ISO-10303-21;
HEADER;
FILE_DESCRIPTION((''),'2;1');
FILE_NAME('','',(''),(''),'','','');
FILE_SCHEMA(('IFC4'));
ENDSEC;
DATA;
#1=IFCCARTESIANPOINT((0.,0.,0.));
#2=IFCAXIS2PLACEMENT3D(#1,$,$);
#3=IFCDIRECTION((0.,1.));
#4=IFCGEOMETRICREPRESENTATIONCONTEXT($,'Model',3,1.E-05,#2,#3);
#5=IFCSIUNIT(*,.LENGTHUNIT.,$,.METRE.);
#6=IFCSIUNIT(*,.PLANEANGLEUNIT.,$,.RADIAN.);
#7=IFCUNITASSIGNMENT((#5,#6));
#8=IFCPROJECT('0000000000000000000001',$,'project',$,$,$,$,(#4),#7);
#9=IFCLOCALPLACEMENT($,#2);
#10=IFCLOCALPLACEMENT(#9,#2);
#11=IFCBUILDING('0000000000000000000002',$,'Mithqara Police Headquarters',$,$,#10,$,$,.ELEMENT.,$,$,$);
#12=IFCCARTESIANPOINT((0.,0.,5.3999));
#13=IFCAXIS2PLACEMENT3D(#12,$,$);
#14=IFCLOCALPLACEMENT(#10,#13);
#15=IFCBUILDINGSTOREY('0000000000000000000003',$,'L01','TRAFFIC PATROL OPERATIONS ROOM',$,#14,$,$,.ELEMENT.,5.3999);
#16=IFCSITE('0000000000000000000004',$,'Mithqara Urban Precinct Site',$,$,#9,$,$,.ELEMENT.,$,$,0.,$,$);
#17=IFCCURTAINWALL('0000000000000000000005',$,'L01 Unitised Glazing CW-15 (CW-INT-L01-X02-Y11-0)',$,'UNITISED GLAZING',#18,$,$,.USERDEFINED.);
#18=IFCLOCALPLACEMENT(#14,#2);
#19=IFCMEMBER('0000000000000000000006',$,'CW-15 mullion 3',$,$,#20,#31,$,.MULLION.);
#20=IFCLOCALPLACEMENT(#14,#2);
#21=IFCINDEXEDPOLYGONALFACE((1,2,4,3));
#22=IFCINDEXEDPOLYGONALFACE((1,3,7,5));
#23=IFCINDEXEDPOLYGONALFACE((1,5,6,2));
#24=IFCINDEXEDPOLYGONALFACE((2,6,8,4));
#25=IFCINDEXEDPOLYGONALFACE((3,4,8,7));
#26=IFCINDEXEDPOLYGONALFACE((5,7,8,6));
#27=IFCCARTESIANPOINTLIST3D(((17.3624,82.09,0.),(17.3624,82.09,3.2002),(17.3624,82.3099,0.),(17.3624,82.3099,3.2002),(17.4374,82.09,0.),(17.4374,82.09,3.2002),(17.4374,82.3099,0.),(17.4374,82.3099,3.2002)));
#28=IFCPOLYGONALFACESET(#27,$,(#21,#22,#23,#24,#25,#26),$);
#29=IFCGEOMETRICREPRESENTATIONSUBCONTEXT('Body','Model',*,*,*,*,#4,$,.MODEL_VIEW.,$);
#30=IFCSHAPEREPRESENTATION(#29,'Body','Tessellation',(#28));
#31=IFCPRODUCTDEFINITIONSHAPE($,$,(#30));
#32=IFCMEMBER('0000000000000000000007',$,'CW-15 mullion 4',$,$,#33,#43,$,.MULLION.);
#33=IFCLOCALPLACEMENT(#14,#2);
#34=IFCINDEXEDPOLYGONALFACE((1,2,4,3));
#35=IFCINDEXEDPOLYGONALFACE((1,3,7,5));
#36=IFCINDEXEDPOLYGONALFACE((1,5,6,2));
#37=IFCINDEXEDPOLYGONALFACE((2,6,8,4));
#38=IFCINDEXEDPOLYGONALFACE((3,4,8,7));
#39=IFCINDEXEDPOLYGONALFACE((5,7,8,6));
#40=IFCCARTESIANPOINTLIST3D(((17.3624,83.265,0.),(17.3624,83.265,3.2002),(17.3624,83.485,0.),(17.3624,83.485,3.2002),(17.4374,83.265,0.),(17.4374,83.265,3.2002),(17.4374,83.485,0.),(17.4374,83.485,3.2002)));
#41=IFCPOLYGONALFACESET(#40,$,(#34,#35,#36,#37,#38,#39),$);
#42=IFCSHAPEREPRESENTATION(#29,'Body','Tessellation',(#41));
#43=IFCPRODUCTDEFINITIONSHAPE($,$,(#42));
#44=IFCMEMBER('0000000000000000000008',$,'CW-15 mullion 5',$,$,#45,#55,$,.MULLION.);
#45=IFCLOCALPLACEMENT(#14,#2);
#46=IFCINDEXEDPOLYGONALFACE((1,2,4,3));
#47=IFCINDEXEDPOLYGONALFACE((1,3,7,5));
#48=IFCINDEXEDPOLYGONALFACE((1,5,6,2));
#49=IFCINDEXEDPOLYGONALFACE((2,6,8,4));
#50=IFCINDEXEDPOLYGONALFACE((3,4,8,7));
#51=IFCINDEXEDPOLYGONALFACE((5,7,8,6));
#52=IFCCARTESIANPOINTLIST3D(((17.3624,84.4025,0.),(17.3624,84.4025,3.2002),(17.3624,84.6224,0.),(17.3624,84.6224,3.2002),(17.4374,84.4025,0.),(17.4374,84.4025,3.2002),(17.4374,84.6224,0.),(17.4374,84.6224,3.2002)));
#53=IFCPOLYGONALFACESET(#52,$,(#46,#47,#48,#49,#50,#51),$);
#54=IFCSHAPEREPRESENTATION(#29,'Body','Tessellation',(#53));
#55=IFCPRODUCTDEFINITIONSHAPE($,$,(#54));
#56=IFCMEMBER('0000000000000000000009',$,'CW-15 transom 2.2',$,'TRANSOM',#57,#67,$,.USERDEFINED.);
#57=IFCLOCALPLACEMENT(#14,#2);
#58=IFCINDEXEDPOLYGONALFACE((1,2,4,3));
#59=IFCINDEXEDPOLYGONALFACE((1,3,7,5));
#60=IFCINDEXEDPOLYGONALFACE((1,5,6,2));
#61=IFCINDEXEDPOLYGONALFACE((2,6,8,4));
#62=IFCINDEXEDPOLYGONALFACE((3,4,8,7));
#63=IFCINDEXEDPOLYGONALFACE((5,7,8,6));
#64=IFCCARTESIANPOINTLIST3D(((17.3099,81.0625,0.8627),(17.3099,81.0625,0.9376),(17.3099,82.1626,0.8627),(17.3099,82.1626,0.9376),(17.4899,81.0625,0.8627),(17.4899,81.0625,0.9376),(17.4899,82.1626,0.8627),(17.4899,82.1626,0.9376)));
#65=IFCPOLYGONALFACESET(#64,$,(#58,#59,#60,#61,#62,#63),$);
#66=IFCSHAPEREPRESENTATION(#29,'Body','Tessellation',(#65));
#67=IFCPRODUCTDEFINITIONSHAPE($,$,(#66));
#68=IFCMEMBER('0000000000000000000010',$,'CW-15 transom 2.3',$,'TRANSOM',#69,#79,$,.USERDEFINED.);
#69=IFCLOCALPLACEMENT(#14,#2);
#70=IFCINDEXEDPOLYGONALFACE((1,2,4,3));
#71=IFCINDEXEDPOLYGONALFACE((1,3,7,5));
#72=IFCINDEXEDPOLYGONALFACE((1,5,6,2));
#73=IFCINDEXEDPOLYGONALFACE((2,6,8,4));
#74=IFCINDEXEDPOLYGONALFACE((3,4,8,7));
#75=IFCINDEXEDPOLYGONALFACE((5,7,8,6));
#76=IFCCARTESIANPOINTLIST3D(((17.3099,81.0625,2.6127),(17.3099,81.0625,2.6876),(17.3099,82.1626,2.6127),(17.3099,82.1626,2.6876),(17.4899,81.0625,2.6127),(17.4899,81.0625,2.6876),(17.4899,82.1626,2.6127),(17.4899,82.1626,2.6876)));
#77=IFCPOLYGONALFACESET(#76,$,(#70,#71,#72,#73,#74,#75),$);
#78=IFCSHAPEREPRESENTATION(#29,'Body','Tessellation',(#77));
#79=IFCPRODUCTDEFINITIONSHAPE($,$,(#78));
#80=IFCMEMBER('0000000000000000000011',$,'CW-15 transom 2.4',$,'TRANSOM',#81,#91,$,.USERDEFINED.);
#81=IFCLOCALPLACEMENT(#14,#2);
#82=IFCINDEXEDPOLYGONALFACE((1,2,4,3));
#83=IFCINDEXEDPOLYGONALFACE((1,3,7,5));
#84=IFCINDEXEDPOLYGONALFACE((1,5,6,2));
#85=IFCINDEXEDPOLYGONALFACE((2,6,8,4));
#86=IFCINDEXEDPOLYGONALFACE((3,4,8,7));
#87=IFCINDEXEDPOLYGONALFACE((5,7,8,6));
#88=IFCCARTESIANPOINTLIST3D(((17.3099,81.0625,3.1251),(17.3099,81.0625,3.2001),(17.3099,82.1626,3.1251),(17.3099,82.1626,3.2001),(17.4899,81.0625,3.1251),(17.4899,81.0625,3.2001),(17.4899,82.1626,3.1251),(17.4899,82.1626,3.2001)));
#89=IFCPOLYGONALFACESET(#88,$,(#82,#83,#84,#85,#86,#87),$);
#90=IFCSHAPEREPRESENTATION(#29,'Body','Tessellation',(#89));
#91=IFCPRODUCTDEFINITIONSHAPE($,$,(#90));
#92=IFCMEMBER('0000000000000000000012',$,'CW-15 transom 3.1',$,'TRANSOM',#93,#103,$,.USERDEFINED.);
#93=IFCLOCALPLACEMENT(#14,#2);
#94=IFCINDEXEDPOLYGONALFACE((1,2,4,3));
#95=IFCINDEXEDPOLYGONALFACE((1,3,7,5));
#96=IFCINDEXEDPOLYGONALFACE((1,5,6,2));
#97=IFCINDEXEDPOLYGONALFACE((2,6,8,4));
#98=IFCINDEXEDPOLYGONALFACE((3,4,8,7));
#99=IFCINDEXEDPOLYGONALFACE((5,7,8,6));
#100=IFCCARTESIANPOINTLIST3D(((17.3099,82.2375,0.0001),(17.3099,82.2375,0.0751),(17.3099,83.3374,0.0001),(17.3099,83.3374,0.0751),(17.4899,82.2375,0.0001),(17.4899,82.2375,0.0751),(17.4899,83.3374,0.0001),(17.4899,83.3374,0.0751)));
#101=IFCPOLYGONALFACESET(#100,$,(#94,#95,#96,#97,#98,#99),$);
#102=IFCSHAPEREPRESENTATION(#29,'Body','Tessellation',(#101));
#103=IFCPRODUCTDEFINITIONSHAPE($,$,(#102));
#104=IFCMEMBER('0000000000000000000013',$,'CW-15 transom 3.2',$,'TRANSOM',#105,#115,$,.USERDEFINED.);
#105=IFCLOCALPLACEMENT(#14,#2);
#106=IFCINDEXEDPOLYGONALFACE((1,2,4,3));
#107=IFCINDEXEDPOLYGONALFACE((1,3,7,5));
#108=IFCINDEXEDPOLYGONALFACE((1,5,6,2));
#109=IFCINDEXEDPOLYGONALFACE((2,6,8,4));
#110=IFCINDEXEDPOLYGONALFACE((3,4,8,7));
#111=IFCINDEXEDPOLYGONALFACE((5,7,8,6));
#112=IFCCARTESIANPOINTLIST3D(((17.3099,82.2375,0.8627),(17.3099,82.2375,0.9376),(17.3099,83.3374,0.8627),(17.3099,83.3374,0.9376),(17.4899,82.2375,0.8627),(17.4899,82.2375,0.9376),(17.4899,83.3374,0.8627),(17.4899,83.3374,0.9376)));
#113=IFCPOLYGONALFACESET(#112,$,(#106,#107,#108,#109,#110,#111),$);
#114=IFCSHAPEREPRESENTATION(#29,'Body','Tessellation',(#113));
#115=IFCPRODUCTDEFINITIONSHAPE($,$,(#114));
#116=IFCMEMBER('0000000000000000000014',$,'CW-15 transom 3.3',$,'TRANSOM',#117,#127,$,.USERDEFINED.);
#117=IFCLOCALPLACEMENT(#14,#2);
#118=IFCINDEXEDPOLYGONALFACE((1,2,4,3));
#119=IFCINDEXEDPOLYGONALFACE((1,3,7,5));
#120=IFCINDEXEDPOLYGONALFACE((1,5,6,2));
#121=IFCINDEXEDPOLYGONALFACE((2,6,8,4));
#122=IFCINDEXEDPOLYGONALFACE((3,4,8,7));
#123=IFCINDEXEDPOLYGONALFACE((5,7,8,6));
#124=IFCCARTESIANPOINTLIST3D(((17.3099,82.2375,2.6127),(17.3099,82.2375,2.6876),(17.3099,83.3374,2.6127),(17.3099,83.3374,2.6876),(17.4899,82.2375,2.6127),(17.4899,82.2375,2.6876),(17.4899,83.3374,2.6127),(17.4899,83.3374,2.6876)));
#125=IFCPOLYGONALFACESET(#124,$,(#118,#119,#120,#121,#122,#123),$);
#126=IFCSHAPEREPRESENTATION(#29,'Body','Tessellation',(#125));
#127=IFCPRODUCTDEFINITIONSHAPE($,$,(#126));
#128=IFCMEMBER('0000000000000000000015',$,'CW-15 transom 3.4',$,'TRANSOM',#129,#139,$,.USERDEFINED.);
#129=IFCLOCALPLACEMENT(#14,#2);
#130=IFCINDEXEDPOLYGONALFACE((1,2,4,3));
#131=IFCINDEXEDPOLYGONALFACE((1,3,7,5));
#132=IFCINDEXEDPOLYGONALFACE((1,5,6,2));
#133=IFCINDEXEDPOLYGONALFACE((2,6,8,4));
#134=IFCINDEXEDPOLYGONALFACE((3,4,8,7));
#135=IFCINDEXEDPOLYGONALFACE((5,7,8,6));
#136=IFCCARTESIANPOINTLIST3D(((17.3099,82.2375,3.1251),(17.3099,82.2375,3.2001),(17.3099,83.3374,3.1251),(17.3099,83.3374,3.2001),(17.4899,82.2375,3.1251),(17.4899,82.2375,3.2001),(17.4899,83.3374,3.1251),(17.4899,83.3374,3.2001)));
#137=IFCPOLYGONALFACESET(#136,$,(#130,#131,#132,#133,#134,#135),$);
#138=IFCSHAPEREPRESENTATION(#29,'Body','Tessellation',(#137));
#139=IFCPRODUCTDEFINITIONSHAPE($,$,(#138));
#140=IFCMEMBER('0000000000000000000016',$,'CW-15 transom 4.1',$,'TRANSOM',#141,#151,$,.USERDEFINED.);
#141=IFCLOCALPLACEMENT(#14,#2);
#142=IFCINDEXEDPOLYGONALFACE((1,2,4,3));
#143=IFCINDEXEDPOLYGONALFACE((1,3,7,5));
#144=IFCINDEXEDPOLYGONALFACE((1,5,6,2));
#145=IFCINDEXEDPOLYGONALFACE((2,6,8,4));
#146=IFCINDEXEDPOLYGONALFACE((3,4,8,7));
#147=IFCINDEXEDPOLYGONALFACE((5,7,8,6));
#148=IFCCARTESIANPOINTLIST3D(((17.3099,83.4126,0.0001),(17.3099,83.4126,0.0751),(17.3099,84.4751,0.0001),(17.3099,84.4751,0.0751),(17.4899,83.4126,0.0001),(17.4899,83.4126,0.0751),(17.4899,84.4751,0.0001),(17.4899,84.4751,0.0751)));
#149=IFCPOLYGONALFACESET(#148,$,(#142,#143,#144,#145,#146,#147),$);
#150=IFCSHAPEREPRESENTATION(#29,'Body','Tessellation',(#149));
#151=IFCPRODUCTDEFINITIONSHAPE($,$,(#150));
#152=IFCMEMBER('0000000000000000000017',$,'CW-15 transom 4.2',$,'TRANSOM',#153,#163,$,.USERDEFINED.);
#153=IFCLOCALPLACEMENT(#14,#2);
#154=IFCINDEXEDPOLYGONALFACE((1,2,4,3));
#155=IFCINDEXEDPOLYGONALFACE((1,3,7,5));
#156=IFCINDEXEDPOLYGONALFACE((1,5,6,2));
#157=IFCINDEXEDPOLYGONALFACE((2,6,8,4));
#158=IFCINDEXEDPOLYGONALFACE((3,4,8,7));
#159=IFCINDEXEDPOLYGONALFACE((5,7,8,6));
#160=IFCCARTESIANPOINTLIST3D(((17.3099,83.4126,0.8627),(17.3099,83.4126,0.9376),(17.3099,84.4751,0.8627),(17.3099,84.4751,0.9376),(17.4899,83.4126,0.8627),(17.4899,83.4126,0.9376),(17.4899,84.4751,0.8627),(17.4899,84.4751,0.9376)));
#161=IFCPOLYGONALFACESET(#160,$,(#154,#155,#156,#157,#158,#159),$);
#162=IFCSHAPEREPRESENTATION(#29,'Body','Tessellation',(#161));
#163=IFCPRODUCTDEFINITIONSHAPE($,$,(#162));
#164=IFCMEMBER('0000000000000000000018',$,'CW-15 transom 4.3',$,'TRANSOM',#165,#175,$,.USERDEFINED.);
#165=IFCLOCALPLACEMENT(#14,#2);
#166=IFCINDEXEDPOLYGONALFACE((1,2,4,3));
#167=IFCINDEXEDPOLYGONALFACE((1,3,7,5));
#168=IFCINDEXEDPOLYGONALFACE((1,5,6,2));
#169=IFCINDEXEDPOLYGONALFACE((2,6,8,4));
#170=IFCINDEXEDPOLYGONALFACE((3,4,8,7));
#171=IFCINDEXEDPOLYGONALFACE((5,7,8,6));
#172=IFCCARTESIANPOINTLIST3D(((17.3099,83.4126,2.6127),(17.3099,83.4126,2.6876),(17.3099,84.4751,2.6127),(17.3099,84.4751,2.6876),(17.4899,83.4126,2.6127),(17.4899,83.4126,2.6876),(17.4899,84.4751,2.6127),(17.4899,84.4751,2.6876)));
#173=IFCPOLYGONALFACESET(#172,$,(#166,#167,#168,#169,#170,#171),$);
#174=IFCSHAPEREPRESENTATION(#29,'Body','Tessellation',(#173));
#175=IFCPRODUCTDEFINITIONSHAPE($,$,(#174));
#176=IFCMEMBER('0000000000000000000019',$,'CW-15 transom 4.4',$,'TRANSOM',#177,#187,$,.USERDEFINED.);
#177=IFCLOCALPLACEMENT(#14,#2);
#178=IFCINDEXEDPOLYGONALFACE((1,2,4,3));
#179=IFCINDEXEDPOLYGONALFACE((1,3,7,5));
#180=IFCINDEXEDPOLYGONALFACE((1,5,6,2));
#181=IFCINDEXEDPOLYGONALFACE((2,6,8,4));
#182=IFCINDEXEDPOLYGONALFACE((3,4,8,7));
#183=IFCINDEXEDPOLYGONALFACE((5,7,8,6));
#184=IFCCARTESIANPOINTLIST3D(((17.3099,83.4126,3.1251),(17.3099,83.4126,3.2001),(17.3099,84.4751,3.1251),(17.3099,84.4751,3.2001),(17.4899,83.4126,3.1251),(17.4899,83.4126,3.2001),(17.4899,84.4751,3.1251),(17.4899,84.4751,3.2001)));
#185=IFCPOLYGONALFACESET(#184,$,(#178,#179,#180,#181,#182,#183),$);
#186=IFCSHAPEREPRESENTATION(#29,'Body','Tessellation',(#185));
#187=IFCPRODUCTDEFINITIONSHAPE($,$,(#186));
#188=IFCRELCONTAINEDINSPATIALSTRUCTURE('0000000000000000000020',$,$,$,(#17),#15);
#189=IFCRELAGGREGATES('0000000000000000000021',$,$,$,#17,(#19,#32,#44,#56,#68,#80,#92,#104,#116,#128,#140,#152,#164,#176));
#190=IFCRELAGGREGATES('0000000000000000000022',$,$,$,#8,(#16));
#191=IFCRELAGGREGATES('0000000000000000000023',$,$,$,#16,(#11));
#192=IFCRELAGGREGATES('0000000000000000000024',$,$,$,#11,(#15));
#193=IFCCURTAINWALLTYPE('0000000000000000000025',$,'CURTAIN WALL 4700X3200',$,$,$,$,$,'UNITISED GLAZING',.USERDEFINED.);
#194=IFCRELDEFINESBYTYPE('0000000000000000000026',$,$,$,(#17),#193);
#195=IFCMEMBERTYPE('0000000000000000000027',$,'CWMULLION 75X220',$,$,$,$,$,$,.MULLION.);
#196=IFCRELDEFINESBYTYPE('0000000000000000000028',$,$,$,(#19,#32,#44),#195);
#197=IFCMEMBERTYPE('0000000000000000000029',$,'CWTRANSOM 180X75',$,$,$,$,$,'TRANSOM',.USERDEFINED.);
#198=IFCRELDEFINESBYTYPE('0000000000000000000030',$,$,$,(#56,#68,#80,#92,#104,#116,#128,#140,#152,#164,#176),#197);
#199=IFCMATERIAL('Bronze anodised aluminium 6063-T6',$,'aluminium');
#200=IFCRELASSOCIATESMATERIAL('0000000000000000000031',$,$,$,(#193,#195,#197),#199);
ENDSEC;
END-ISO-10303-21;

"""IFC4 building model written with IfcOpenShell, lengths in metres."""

from ifc_helpers import new_model, si_unit, direction, frame, origin, origin_2d, place, context, subcontext, project, spatial, rectangle, extrude, material, material_profile, profile_set, type_object, element, aggregate, save


model = new_model("IFC4")

# Units and contexts
model_context = context("Model", 3, precision=1e-05, world=origin(), true_north=direction((0.0, 1.0)))
body_context = subcontext(model_context, "Body", "Model", "MODEL_VIEW")
ifc_project = project(units=[si_unit("LENGTHUNIT", "METRE"), si_unit("PLANEANGLEUNIT", "RADIAN")], contexts=[model_context])

# Site, building, storey
site_placement = place(None, origin())
site = spatial("IfcSite", under=ifc_project, at=site_placement, Name="Mithqara Urban Precinct Site", CompositionType="ELEMENT", RefElevation=0.0)
building_placement = place(site_placement, origin())
building = spatial("IfcBuilding", under=site, at=building_placement, Name="Mithqara Police Headquarters", CompositionType="ELEMENT")
storey_placement = place(building_placement, frame((0.0, 0.0, 5.3999)))
storey = spatial("IfcBuildingStorey", under=building, at=storey_placement, Name="L01", Description="TRAFFIC PATROL OPERATIONS ROOM", CompositionType="ELEMENT", Elevation=5.3999)

# Curtain wall, members
ifc_material_1 = material(Name="Bronze anodised aluminium 6063-T6", Category="aluminium")
curtain_wall_type = type_object("IfcCurtainWallType", Name="CURTAIN WALL 4700X3200", ElementType="UNITISED GLAZING", PredefinedType="USERDEFINED", material=ifc_material_1)
curtain_wall_placement = place(storey_placement, origin())
curtain_wall = element("IfcCurtainWall", 1, at=curtain_wall_placement, inside=storey, type_object=curtain_wall_type, Name="L01 Unitised Glazing CW-15 (CW-INT-L01-X02-Y11-0)", ObjectType="UNITISED GLAZING", PredefinedType="USERDEFINED")
ifc_material_profile_1 = material_profile(ifc_material_1, rectangle(XDim=0.075, YDim=0.22, at=origin_2d()), Name="CWM 75x220")
ifc_profile_set_1 = profile_set([ifc_material_profile_1], Name="Bronze anodised aluminium 6063-T6")
member_type_1 = type_object("IfcMemberType", Name="CWMULLION 75X220", PredefinedType="MULLION", material=ifc_profile_set_1)
member_1_placement = place(storey_placement, frame((17.3999, 82.2, 0.0), z_axis=(0.0, 0.0, 1.0), x_axis=(-1.0, 0.0, 0.0)))
member_1 = element("IfcMember", 2, at=member_1_placement, type_object=member_type_1, Name="CW-15 mullion 3", PredefinedType="MULLION", context=body_context, shape_type="SweptSolid", body=[
    extrude(rectangle(XDim=0.075, YDim=0.22, at=origin_2d()), origin(), (0.0, 0.0, 1.0), 3.2002),
])
member_2_placement = place(storey_placement, frame((17.3999, 83.375, 0.0), z_axis=(0.0, 0.0, 1.0), x_axis=(-1.0, 0.0, 0.0)))
member_2 = element("IfcMember", 3, at=member_2_placement, type_object=member_type_1, Name="CW-15 mullion 4", PredefinedType="MULLION", context=body_context, shape_type="SweptSolid", body=[
    extrude(rectangle(XDim=0.075, YDim=0.22, at=origin_2d()), origin(), (0.0, 0.0, 1.0), 3.2002),
])
member_3_placement = place(storey_placement, frame((17.3999, 84.5125, 0.0), z_axis=(0.0, 0.0, 1.0), x_axis=(-1.0, 0.0, 0.0)))
member_3 = element("IfcMember", 4, at=member_3_placement, type_object=member_type_1, Name="CW-15 mullion 5", PredefinedType="MULLION", context=body_context, shape_type="SweptSolid", body=[
    extrude(rectangle(XDim=0.075, YDim=0.22, at=origin_2d()), origin(), (0.0, 0.0, 1.0), 3.2002),
])
ifc_material_profile_2 = material_profile(ifc_material_1, rectangle(XDim=0.1799, YDim=0.075, at=origin_2d()), Name="CWT 180x75")
ifc_profile_set_2 = profile_set([ifc_material_profile_2], Name="Bronze anodised aluminium 6063-T6")
member_type_2 = type_object("IfcMemberType", Name="CWTRANSOM 180X75", ElementType="TRANSOM", PredefinedType="USERDEFINED", material=ifc_profile_set_2)
member_4_placement = place(storey_placement, frame((17.3999, 81.0625, 0.9001), z_axis=(0.0, 1.0, 0.0), x_axis=(-1.0, 0.0, 0.0)))
member_4 = element("IfcMember", 5, at=member_4_placement, type_object=member_type_2, Name="CW-15 transom 2.2", ObjectType="TRANSOM", PredefinedType="USERDEFINED", context=body_context, shape_type="SweptSolid", body=[
    extrude(rectangle(XDim=0.1799, YDim=0.075, at=origin_2d()), origin(), (0.0, 0.0, 1.0), 1.1001),
])
member_5_placement = place(storey_placement, frame((17.3999, 81.0625, 2.6501), z_axis=(0.0, 1.0, 0.0), x_axis=(-1.0, 0.0, 0.0)))
member_5 = element("IfcMember", 6, at=member_5_placement, type_object=member_type_2, Name="CW-15 transom 2.3", ObjectType="TRANSOM", PredefinedType="USERDEFINED", context=body_context, shape_type="SweptSolid", body=[
    extrude(rectangle(XDim=0.1799, YDim=0.075, at=origin_2d()), origin(), (0.0, 0.0, 1.0), 1.1001),
])
member_6_placement = place(storey_placement, frame((17.3999, 81.0625, 3.1626), z_axis=(0.0, 1.0, 0.0), x_axis=(-1.0, 0.0, 0.0)))
member_6 = element("IfcMember", 7, at=member_6_placement, type_object=member_type_2, Name="CW-15 transom 2.4", ObjectType="TRANSOM", PredefinedType="USERDEFINED", context=body_context, shape_type="SweptSolid", body=[
    extrude(rectangle(XDim=0.1799, YDim=0.075, at=origin_2d()), origin(), (0.0, 0.0, 1.0), 1.1001),
])
member_7_placement = place(storey_placement, frame((17.3999, 82.2375, 0.0376), z_axis=(0.0, 1.0, 0.0), x_axis=(-1.0, 0.0, 0.0)))
member_7 = element("IfcMember", 8, at=member_7_placement, type_object=member_type_2, Name="CW-15 transom 3.1", ObjectType="TRANSOM", PredefinedType="USERDEFINED", context=body_context, shape_type="SweptSolid", body=[
    extrude(rectangle(XDim=0.1799, YDim=0.075, at=origin_2d()), origin(), (0.0, 0.0, 1.0), 1.0999),
])
member_8_placement = place(storey_placement, frame((17.3999, 82.2375, 0.9001), z_axis=(0.0, 1.0, 0.0), x_axis=(-1.0, 0.0, 0.0)))
member_8 = element("IfcMember", 9, at=member_8_placement, type_object=member_type_2, Name="CW-15 transom 3.2", ObjectType="TRANSOM", PredefinedType="USERDEFINED", context=body_context, shape_type="SweptSolid", body=[
    extrude(rectangle(XDim=0.1799, YDim=0.075, at=origin_2d()), origin(), (0.0, 0.0, 1.0), 1.0999),
])
member_9_placement = place(storey_placement, frame((17.3999, 82.2375, 2.6501), z_axis=(0.0, 1.0, 0.0), x_axis=(-1.0, 0.0, 0.0)))
member_9 = element("IfcMember", 10, at=member_9_placement, type_object=member_type_2, Name="CW-15 transom 3.3", ObjectType="TRANSOM", PredefinedType="USERDEFINED", context=body_context, shape_type="SweptSolid", body=[
    extrude(rectangle(XDim=0.1799, YDim=0.075, at=origin_2d()), origin(), (0.0, 0.0, 1.0), 1.0999),
])
member_10_placement = place(storey_placement, frame((17.3999, 82.2375, 3.1626), z_axis=(0.0, 1.0, 0.0), x_axis=(-1.0, 0.0, 0.0)))
member_10 = element("IfcMember", 11, at=member_10_placement, type_object=member_type_2, Name="CW-15 transom 3.4", ObjectType="TRANSOM", PredefinedType="USERDEFINED", context=body_context, shape_type="SweptSolid", body=[
    extrude(rectangle(XDim=0.1799, YDim=0.075, at=origin_2d()), origin(), (0.0, 0.0, 1.0), 1.0999),
])
member_11_placement = place(storey_placement, frame((17.3999, 83.4126, 0.0376), z_axis=(0.0, 1.0, 0.0), x_axis=(-1.0, 0.0, 0.0)))
member_11 = element("IfcMember", 12, at=member_11_placement, type_object=member_type_2, Name="CW-15 transom 4.1", ObjectType="TRANSOM", PredefinedType="USERDEFINED", context=body_context, shape_type="SweptSolid", body=[
    extrude(rectangle(XDim=0.1799, YDim=0.075, at=origin_2d()), origin(), (0.0, 0.0, 1.0), 1.0625),
])
member_12_placement = place(storey_placement, frame((17.3999, 83.4126, 0.9001), z_axis=(0.0, 1.0, 0.0), x_axis=(-1.0, 0.0, 0.0)))
member_12 = element("IfcMember", 13, at=member_12_placement, type_object=member_type_2, Name="CW-15 transom 4.2", ObjectType="TRANSOM", PredefinedType="USERDEFINED", context=body_context, shape_type="SweptSolid", body=[
    extrude(rectangle(XDim=0.1799, YDim=0.075, at=origin_2d()), origin(), (0.0, 0.0, 1.0), 1.0625),
])
member_13_placement = place(storey_placement, frame((17.3999, 83.4126, 2.6501), z_axis=(0.0, 1.0, 0.0), x_axis=(-1.0, 0.0, 0.0)))
member_13 = element("IfcMember", 14, at=member_13_placement, type_object=member_type_2, Name="CW-15 transom 4.3", ObjectType="TRANSOM", PredefinedType="USERDEFINED", context=body_context, shape_type="SweptSolid", body=[
    extrude(rectangle(XDim=0.1799, YDim=0.075, at=origin_2d()), origin(), (0.0, 0.0, 1.0), 1.0625),
])
member_14_placement = place(storey_placement, frame((17.3999, 83.4126, 3.1626), z_axis=(0.0, 1.0, 0.0), x_axis=(-1.0, 0.0, 0.0)))
member_14 = element("IfcMember", 15, at=member_14_placement, type_object=member_type_2, Name="CW-15 transom 4.4", ObjectType="TRANSOM", PredefinedType="USERDEFINED", context=body_context, shape_type="SweptSolid", body=[
    extrude(rectangle(XDim=0.1799, YDim=0.075, at=origin_2d()), origin(), (0.0, 0.0, 1.0), 1.0625),
])
aggregate(curtain_wall, [member_1, member_2, member_3, member_4, member_5, member_6, member_7, member_8, member_9, member_10, member_11, member_12, member_13, member_14])

save(model, "model.ifc")
